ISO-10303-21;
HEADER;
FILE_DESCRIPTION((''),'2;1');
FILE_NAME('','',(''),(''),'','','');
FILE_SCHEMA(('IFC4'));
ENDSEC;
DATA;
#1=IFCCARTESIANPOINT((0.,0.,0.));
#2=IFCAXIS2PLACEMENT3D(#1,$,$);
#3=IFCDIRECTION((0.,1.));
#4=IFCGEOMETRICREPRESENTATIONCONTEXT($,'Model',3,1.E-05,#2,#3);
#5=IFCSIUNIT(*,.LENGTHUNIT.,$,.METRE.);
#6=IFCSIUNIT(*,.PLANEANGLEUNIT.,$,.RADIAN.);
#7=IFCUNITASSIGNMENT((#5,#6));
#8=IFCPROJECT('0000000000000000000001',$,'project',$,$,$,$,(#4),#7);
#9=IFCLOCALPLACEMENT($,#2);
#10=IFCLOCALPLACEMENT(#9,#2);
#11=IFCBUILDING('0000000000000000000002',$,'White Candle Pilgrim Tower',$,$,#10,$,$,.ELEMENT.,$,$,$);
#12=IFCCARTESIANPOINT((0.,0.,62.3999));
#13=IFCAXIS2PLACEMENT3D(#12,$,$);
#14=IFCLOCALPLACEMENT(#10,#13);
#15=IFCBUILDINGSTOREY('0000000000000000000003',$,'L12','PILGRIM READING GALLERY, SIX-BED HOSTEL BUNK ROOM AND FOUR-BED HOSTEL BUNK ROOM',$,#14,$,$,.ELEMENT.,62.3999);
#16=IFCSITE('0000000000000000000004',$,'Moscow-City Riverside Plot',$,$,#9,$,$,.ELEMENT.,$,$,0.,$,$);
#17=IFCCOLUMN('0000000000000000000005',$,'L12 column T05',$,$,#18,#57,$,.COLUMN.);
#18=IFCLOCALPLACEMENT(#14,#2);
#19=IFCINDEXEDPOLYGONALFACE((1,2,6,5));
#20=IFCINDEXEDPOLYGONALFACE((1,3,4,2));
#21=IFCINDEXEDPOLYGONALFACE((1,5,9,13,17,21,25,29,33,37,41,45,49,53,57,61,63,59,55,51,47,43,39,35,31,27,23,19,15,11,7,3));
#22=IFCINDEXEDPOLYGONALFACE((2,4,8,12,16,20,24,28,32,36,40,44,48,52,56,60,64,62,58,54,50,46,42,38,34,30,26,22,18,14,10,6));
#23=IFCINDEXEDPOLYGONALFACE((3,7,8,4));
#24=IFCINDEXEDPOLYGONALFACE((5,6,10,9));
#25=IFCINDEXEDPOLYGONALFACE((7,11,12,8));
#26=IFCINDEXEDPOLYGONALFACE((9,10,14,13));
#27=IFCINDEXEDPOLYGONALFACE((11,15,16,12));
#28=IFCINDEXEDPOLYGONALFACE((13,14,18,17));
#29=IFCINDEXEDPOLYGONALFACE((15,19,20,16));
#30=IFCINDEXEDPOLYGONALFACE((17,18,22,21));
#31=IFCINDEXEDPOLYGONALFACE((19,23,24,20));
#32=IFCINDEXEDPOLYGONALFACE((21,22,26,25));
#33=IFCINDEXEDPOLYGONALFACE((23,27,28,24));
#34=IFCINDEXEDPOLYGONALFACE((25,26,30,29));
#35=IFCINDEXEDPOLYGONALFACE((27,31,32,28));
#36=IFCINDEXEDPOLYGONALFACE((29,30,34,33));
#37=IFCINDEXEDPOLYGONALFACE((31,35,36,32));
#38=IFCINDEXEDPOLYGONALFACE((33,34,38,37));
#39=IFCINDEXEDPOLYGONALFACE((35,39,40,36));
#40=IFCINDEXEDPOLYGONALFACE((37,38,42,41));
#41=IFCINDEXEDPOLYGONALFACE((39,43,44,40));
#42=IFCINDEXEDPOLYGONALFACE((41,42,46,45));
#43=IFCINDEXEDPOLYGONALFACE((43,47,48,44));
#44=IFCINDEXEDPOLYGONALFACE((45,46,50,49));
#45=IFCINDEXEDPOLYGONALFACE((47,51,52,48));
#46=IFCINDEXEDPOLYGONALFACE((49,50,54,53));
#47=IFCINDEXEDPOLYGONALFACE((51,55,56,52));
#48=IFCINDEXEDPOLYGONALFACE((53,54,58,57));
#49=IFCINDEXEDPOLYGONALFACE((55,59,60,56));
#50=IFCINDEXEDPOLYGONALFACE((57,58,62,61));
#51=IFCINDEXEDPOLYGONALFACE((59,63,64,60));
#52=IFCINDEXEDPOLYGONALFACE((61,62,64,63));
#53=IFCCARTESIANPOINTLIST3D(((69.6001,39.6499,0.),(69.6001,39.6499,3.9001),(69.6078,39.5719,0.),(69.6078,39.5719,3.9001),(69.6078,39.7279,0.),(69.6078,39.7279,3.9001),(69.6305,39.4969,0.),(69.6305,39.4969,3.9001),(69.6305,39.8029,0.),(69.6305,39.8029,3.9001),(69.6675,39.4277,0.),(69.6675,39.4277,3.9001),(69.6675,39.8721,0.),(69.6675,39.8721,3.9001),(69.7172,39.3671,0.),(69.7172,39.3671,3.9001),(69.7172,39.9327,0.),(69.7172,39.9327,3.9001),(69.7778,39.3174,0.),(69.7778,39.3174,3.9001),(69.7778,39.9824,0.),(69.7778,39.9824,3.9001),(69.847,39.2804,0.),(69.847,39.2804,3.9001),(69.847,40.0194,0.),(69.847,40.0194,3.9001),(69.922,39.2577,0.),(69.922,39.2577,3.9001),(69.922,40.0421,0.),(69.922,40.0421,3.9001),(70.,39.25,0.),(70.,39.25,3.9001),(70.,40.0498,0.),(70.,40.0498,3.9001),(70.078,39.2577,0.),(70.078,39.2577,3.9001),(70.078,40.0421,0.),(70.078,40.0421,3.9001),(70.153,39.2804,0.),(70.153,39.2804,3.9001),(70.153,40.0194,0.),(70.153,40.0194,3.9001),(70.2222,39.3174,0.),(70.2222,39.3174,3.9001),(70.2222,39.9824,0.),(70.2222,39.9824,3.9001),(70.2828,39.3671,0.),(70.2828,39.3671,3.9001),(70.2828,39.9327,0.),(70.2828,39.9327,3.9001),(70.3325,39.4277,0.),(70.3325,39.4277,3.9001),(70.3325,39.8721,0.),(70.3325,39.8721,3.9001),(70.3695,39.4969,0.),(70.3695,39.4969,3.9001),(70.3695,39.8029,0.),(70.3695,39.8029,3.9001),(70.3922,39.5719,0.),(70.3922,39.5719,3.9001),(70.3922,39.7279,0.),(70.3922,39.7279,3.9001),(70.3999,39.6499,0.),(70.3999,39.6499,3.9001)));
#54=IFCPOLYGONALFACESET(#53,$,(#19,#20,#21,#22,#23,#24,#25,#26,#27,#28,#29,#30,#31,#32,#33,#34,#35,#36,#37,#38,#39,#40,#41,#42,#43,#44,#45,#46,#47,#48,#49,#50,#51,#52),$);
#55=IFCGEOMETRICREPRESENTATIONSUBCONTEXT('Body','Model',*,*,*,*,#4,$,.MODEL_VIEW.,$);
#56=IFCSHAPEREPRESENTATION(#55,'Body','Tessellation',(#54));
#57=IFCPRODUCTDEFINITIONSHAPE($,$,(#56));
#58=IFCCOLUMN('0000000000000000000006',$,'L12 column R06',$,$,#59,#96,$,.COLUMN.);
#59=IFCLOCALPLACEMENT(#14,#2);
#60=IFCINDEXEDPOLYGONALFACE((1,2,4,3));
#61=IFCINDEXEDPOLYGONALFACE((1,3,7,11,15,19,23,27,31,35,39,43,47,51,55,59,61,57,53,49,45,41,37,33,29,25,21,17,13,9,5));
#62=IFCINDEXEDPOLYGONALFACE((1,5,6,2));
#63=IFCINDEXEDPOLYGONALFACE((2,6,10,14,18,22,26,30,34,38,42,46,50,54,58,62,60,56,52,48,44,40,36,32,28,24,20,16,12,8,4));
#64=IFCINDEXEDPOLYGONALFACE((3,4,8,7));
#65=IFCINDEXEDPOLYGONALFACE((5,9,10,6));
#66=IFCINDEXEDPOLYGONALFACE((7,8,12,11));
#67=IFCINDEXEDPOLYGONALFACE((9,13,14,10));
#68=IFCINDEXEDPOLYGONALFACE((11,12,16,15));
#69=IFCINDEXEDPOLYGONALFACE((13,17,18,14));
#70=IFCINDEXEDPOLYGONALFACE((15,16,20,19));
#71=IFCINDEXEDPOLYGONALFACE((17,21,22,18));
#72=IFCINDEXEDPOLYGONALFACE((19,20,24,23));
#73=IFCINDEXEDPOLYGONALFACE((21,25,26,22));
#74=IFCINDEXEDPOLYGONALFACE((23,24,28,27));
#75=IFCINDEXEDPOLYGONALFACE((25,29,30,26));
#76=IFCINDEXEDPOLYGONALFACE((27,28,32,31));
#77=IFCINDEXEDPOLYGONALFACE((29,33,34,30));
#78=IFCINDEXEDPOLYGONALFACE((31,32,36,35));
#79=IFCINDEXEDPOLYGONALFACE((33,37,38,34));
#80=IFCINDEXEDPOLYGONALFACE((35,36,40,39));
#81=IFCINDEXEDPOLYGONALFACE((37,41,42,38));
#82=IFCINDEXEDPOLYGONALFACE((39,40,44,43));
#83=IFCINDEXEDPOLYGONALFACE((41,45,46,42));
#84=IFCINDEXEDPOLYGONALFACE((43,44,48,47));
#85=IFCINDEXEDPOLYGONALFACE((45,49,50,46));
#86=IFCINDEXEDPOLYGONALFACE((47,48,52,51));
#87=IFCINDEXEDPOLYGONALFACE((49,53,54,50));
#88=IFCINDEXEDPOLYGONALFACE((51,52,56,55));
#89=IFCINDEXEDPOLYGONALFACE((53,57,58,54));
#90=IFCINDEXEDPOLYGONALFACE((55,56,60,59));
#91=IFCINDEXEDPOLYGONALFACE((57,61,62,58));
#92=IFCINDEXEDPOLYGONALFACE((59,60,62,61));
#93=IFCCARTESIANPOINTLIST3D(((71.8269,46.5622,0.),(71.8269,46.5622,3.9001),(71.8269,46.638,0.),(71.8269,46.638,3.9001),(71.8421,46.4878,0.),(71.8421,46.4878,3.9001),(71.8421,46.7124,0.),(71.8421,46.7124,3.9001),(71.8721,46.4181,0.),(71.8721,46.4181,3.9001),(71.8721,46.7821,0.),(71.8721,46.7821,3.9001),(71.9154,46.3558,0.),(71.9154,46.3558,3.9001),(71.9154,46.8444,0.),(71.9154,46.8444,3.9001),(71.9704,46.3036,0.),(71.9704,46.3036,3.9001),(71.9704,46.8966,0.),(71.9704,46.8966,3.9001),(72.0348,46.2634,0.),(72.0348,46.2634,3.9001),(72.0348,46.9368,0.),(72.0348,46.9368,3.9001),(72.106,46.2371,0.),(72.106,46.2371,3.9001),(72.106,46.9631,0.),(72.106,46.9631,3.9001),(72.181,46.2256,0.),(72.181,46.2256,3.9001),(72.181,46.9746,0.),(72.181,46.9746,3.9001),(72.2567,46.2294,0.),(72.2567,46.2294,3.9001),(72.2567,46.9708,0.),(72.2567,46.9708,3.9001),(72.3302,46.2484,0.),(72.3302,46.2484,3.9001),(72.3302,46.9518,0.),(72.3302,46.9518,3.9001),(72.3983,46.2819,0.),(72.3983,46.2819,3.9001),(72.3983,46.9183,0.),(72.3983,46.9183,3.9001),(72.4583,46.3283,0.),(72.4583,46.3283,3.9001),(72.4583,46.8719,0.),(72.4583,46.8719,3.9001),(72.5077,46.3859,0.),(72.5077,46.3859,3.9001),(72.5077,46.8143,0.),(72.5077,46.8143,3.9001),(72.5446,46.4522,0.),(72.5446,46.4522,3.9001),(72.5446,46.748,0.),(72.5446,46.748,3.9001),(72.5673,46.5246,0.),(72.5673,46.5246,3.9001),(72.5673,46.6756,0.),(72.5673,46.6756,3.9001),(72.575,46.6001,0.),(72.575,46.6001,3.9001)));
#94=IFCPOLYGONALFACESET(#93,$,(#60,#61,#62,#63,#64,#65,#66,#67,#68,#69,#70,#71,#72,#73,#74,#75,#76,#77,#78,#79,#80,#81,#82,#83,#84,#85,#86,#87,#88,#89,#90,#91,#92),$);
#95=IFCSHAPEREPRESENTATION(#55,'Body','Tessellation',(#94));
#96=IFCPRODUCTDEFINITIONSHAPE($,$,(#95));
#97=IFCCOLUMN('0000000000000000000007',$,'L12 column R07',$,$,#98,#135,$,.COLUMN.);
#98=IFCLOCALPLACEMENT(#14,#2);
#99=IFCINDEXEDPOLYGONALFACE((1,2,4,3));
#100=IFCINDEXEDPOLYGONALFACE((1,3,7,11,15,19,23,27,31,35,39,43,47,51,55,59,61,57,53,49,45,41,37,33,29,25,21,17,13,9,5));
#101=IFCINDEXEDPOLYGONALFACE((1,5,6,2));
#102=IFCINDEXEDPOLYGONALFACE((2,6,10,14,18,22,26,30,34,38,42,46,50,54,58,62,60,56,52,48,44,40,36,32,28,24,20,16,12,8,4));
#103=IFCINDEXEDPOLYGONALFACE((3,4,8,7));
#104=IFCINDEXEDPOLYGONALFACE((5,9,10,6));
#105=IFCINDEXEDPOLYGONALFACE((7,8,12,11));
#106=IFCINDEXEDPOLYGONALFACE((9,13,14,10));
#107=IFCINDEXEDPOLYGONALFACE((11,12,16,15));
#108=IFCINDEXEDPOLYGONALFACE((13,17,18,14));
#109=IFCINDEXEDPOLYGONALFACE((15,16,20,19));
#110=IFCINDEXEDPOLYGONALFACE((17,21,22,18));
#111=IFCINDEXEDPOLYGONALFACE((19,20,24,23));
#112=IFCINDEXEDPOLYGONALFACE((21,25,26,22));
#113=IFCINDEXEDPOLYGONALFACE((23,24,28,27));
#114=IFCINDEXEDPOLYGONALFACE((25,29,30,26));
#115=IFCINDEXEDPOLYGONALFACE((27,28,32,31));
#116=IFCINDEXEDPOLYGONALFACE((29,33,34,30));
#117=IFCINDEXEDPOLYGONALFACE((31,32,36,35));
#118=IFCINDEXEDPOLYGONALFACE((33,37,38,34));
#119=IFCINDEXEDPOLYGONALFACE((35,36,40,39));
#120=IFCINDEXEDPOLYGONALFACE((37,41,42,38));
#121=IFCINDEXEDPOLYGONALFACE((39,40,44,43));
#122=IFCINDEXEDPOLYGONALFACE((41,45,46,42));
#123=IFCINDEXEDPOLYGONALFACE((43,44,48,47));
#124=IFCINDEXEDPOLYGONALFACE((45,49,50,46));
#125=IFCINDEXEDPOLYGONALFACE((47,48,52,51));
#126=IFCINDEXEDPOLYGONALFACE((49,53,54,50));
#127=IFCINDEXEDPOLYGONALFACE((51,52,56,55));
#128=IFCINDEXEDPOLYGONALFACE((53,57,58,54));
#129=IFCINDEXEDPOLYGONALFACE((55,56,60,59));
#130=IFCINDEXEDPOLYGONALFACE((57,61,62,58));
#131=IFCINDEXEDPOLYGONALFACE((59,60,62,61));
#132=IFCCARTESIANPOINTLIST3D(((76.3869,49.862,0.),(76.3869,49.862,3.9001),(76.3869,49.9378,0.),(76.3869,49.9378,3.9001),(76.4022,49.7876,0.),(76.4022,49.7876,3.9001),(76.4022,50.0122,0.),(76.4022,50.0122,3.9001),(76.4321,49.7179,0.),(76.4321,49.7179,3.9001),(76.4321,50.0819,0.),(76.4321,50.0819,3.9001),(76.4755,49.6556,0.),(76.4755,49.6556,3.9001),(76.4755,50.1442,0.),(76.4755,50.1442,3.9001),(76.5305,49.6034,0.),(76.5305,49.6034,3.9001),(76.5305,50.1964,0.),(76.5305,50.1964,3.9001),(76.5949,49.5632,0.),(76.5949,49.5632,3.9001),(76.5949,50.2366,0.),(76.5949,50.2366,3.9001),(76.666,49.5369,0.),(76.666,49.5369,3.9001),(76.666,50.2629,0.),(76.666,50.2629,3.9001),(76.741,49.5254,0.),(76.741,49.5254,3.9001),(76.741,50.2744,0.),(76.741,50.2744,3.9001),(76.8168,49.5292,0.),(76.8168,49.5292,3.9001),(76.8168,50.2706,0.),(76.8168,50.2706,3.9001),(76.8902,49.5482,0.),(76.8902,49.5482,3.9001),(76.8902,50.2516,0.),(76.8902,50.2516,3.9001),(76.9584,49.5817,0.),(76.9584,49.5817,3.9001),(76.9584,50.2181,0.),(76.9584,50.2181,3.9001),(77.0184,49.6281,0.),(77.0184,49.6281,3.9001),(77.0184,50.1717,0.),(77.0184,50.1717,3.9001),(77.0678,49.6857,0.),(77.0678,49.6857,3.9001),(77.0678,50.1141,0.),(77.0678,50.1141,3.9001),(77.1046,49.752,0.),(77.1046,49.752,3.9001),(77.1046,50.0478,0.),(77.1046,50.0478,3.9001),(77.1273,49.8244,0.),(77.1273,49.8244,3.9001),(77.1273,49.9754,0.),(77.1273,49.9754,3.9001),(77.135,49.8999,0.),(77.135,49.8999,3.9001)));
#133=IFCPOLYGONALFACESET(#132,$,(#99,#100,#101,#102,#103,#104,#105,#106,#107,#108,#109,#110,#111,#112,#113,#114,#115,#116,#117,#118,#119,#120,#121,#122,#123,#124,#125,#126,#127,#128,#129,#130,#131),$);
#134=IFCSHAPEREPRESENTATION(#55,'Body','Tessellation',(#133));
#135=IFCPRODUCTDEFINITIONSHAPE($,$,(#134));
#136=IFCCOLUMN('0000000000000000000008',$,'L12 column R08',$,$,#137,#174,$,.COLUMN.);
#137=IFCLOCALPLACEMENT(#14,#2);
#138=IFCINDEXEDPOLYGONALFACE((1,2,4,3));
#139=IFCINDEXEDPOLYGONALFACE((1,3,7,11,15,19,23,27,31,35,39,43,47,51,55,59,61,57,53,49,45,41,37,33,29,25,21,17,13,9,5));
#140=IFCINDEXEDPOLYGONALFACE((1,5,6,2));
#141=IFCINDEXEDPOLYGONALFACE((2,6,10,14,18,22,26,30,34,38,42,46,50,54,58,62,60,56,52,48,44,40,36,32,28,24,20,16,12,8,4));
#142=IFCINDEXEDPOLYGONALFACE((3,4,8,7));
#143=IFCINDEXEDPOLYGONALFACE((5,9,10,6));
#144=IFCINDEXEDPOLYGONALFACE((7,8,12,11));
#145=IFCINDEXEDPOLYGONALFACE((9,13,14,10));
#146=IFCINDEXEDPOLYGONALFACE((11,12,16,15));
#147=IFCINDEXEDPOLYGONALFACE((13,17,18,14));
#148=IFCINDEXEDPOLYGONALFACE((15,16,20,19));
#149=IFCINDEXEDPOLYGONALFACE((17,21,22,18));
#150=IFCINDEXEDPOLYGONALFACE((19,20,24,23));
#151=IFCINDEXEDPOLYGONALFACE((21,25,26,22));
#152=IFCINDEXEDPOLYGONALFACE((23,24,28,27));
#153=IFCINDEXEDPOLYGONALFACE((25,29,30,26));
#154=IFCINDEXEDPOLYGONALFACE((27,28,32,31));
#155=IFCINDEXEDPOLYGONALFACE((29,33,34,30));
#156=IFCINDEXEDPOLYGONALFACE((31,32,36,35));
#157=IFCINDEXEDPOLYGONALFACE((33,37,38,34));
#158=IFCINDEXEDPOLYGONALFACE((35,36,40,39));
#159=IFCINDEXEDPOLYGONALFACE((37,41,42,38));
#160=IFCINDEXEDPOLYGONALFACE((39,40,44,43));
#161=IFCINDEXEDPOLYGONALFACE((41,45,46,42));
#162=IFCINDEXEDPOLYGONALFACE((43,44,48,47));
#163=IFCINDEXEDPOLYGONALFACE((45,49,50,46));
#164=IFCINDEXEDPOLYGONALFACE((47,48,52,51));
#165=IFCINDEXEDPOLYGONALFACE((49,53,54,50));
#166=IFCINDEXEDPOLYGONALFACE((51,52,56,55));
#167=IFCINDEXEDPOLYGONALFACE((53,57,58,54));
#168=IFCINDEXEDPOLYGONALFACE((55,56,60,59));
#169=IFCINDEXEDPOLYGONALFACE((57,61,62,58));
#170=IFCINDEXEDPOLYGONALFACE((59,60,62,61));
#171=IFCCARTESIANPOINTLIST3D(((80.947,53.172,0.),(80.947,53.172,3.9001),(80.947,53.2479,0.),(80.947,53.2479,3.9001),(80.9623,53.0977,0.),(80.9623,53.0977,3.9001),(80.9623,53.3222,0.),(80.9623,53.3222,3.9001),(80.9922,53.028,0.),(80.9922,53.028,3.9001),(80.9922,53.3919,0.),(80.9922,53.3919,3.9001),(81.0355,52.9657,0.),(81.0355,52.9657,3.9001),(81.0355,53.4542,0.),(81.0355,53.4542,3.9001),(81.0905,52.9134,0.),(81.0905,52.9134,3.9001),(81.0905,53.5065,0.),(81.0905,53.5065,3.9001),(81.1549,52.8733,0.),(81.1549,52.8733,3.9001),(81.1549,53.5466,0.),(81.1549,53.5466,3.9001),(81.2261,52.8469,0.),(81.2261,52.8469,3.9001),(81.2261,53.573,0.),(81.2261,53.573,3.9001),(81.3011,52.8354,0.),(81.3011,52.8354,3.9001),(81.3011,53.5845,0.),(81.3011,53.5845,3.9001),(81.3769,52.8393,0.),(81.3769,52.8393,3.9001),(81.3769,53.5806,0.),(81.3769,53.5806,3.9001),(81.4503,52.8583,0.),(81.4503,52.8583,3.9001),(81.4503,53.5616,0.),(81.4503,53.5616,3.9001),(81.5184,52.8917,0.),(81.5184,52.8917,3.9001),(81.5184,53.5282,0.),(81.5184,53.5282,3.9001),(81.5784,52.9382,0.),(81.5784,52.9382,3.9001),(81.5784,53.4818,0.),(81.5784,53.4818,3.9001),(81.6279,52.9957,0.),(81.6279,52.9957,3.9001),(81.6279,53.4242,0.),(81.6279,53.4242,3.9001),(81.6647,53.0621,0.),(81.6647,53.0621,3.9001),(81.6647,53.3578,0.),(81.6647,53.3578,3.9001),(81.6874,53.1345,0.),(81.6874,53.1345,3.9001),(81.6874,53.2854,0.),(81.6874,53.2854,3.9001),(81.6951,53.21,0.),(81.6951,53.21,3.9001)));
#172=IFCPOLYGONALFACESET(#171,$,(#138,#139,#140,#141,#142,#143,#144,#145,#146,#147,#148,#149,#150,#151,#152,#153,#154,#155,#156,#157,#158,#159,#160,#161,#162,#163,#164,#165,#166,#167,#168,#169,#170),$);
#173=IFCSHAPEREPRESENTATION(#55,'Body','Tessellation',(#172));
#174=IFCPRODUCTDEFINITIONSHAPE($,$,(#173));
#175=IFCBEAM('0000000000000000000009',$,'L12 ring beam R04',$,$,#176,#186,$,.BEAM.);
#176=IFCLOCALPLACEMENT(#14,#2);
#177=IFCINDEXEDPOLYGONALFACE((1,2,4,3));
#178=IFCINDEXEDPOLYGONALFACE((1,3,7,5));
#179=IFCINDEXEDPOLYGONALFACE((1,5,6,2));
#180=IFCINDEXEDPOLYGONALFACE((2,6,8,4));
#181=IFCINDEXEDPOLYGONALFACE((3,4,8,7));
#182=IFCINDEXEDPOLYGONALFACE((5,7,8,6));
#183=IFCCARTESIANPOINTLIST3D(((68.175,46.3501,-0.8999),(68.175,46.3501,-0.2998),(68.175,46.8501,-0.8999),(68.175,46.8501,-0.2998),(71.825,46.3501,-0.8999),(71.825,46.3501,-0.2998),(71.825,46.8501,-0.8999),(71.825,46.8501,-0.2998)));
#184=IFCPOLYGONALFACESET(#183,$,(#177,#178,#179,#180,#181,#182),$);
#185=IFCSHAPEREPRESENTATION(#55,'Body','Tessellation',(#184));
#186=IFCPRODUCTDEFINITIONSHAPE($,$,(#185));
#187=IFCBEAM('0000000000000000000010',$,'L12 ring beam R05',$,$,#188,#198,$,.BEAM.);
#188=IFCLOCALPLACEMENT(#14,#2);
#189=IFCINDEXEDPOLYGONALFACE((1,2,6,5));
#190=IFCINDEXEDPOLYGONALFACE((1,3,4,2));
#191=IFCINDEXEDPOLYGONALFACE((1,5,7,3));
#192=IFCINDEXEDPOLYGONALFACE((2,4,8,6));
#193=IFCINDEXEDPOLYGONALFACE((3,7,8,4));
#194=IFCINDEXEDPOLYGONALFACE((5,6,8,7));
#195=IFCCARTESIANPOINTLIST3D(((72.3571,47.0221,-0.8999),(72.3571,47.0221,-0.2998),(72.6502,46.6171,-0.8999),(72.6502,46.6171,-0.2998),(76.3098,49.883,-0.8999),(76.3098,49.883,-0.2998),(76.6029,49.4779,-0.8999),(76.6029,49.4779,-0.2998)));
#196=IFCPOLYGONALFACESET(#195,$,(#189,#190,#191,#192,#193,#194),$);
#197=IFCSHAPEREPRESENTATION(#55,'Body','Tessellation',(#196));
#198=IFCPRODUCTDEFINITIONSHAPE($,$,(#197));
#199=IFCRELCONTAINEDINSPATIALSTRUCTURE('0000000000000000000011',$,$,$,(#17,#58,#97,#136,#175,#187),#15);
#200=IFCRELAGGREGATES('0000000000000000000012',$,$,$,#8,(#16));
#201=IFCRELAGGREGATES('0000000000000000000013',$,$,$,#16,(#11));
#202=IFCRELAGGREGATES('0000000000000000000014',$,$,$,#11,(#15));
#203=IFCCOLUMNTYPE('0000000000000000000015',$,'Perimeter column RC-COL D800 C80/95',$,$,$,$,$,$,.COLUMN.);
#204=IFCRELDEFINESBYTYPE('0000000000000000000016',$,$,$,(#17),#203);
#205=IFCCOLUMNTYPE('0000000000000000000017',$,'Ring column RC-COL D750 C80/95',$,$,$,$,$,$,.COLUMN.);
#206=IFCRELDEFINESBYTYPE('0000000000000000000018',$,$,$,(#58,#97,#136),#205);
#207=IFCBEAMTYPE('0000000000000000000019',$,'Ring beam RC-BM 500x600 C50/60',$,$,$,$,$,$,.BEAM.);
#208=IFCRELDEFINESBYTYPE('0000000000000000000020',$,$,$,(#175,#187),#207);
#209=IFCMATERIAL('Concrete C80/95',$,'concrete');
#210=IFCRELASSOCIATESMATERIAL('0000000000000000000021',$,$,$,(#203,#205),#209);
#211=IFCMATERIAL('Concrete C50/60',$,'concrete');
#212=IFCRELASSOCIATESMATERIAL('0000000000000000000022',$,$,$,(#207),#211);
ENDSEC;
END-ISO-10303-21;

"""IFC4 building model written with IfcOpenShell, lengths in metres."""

from ifc_helpers import new_model, si_unit, direction, frame, origin, origin_2d, place, context, subcontext, project, spatial, rectangle, circle, extrude, material, material_profile, profile_set, type_object, element, save


model = new_model("IFC4")

# Units and contexts
model_context = context("Model", 3, precision=1e-05, world=origin(), true_north=direction((0.0, 1.0)))
body_context = subcontext(model_context, "Body", "Model", "MODEL_VIEW")
ifc_project = project(units=[si_unit("LENGTHUNIT", "METRE"), si_unit("PLANEANGLEUNIT", "RADIAN")], contexts=[model_context])

# Site, building, storey
site_placement = place(None, origin())
site = spatial("IfcSite", under=ifc_project, at=site_placement, Name="Moscow-City Riverside Plot", CompositionType="ELEMENT", RefElevation=0.0)
building_placement = place(site_placement, origin())
building = spatial("IfcBuilding", under=site, at=building_placement, Name="White Candle Pilgrim Tower", CompositionType="ELEMENT")
storey_placement = place(building_placement, frame((0.0, 0.0, 62.3999)))
storey = spatial("IfcBuildingStorey", under=building, at=storey_placement, Name="L12", Description="PILGRIM READING GALLERY, SIX-BED HOSTEL BUNK ROOM AND FOUR-BED HOSTEL BUNK ROOM", CompositionType="ELEMENT", Elevation=62.3999)

# Columns
ifc_material_1 = material(Name="Concrete C80/95", Category="concrete")
ifc_material_profile_1 = material_profile(ifc_material_1, circle(Radius=0.3999, at=origin_2d()), Name="RC-COL D800")
ifc_profile_set_1 = profile_set([ifc_material_profile_1], Name="Concrete C80/95")
column_type_1 = type_object("IfcColumnType", Name="Perimeter column RC-COL D800 C80/95", PredefinedType="COLUMN", material=ifc_profile_set_1)
column_placement = place(storey_placement, frame((70.0, 39.6499, 0.0), z_axis=(0.0, 0.0, 1.0), x_axis=(1.0, 0.0, 0.0)))
element("IfcColumn", 1, at=column_placement, inside=storey, type_object=column_type_1, Name="L12 column T05", PredefinedType="COLUMN", context=body_context, shape_type="SweptSolid", body=[
    extrude(circle(Radius=0.3999, at=origin_2d()), origin(), (0.0, 0.0, 1.0), 3.9001),
])
ifc_material_profile_2 = material_profile(ifc_material_1, circle(Radius=0.375, at=origin_2d()), Name="RC-COL D750")
ifc_profile_set_2 = profile_set([ifc_material_profile_2], Name="Concrete C80/95")
column_type_2 = type_object("IfcColumnType", Name="Ring column RC-COL D750 C80/95", PredefinedType="COLUMN", material=ifc_profile_set_2)
for number, where, z_axis, x_axis, name in (
    (2, (72.2, 46.6001, 0.0), (0.0, 0.0, 1.0), (1.0, 0.0, 0.0), "L12 column R06"),
    (3, (76.76, 49.8999, 0.0), (0.0, 0.0, 1.0), (1.0, 0.0, 0.0), "L12 column R07"),
    (4, (81.3201, 53.21, 0.0), (0.0, 0.0, 1.0), (1.0, 0.0, 0.0), "L12 column R08"),
):
    element("IfcColumn", number, at=place(storey_placement, frame(where, z_axis=z_axis, x_axis=x_axis)), inside=storey, type_object=column_type_2, Name=name, PredefinedType="COLUMN", context=body_context, shape_type="SweptSolid", body=[
        extrude(circle(Radius=0.375, at=origin_2d()), origin(), (0.0, 0.0, 1.0), 3.9001),
    ])

# Beams
ifc_material_2 = material(Name="Concrete C50/60", Category="concrete")
ifc_material_profile_3 = material_profile(ifc_material_2, rectangle(XDim=0.5, YDim=0.6001, at=origin_2d()), Name="RC-BM 500x600")
ifc_profile_set_3 = profile_set([ifc_material_profile_3], Name="Concrete C50/60")
beam_type = type_object("IfcBeamType", Name="Ring beam RC-BM 500x600 C50/60", PredefinedType="BEAM", material=ifc_profile_set_3)
beam_1_placement = place(storey_placement, frame((68.175, 46.6001, -0.5999), z_axis=(1.0, 0.0, 0.0), x_axis=(0.0, 1.0, 0.0)))
element("IfcBeam", 5, at=beam_1_placement, inside=storey, type_object=beam_type, Name="L12 ring beam R04", PredefinedType="BEAM", context=body_context, shape_type="SweptSolid", body=[
    extrude(rectangle(XDim=0.5, YDim=0.6001, at=origin_2d()), origin(), (0.0, 0.0, 1.0), 3.6499),
])
beam_2_placement = place(storey_placement, frame((72.5037, 46.8196, -0.5999), z_axis=(0.81008, 0.58632, 0.0), x_axis=(-0.58632, 0.81008, 0.0)))
element("IfcBeam", 6, at=beam_2_placement, inside=storey, type_object=beam_type, Name="L12 ring beam R05", PredefinedType="BEAM", context=body_context, shape_type="SweptSolid", body=[
    extrude(rectangle(XDim=0.5, YDim=0.6001, at=origin_2d()), origin(), (0.0, 0.0, 1.0), 4.8794),
])

save(model, "model.ifc")
